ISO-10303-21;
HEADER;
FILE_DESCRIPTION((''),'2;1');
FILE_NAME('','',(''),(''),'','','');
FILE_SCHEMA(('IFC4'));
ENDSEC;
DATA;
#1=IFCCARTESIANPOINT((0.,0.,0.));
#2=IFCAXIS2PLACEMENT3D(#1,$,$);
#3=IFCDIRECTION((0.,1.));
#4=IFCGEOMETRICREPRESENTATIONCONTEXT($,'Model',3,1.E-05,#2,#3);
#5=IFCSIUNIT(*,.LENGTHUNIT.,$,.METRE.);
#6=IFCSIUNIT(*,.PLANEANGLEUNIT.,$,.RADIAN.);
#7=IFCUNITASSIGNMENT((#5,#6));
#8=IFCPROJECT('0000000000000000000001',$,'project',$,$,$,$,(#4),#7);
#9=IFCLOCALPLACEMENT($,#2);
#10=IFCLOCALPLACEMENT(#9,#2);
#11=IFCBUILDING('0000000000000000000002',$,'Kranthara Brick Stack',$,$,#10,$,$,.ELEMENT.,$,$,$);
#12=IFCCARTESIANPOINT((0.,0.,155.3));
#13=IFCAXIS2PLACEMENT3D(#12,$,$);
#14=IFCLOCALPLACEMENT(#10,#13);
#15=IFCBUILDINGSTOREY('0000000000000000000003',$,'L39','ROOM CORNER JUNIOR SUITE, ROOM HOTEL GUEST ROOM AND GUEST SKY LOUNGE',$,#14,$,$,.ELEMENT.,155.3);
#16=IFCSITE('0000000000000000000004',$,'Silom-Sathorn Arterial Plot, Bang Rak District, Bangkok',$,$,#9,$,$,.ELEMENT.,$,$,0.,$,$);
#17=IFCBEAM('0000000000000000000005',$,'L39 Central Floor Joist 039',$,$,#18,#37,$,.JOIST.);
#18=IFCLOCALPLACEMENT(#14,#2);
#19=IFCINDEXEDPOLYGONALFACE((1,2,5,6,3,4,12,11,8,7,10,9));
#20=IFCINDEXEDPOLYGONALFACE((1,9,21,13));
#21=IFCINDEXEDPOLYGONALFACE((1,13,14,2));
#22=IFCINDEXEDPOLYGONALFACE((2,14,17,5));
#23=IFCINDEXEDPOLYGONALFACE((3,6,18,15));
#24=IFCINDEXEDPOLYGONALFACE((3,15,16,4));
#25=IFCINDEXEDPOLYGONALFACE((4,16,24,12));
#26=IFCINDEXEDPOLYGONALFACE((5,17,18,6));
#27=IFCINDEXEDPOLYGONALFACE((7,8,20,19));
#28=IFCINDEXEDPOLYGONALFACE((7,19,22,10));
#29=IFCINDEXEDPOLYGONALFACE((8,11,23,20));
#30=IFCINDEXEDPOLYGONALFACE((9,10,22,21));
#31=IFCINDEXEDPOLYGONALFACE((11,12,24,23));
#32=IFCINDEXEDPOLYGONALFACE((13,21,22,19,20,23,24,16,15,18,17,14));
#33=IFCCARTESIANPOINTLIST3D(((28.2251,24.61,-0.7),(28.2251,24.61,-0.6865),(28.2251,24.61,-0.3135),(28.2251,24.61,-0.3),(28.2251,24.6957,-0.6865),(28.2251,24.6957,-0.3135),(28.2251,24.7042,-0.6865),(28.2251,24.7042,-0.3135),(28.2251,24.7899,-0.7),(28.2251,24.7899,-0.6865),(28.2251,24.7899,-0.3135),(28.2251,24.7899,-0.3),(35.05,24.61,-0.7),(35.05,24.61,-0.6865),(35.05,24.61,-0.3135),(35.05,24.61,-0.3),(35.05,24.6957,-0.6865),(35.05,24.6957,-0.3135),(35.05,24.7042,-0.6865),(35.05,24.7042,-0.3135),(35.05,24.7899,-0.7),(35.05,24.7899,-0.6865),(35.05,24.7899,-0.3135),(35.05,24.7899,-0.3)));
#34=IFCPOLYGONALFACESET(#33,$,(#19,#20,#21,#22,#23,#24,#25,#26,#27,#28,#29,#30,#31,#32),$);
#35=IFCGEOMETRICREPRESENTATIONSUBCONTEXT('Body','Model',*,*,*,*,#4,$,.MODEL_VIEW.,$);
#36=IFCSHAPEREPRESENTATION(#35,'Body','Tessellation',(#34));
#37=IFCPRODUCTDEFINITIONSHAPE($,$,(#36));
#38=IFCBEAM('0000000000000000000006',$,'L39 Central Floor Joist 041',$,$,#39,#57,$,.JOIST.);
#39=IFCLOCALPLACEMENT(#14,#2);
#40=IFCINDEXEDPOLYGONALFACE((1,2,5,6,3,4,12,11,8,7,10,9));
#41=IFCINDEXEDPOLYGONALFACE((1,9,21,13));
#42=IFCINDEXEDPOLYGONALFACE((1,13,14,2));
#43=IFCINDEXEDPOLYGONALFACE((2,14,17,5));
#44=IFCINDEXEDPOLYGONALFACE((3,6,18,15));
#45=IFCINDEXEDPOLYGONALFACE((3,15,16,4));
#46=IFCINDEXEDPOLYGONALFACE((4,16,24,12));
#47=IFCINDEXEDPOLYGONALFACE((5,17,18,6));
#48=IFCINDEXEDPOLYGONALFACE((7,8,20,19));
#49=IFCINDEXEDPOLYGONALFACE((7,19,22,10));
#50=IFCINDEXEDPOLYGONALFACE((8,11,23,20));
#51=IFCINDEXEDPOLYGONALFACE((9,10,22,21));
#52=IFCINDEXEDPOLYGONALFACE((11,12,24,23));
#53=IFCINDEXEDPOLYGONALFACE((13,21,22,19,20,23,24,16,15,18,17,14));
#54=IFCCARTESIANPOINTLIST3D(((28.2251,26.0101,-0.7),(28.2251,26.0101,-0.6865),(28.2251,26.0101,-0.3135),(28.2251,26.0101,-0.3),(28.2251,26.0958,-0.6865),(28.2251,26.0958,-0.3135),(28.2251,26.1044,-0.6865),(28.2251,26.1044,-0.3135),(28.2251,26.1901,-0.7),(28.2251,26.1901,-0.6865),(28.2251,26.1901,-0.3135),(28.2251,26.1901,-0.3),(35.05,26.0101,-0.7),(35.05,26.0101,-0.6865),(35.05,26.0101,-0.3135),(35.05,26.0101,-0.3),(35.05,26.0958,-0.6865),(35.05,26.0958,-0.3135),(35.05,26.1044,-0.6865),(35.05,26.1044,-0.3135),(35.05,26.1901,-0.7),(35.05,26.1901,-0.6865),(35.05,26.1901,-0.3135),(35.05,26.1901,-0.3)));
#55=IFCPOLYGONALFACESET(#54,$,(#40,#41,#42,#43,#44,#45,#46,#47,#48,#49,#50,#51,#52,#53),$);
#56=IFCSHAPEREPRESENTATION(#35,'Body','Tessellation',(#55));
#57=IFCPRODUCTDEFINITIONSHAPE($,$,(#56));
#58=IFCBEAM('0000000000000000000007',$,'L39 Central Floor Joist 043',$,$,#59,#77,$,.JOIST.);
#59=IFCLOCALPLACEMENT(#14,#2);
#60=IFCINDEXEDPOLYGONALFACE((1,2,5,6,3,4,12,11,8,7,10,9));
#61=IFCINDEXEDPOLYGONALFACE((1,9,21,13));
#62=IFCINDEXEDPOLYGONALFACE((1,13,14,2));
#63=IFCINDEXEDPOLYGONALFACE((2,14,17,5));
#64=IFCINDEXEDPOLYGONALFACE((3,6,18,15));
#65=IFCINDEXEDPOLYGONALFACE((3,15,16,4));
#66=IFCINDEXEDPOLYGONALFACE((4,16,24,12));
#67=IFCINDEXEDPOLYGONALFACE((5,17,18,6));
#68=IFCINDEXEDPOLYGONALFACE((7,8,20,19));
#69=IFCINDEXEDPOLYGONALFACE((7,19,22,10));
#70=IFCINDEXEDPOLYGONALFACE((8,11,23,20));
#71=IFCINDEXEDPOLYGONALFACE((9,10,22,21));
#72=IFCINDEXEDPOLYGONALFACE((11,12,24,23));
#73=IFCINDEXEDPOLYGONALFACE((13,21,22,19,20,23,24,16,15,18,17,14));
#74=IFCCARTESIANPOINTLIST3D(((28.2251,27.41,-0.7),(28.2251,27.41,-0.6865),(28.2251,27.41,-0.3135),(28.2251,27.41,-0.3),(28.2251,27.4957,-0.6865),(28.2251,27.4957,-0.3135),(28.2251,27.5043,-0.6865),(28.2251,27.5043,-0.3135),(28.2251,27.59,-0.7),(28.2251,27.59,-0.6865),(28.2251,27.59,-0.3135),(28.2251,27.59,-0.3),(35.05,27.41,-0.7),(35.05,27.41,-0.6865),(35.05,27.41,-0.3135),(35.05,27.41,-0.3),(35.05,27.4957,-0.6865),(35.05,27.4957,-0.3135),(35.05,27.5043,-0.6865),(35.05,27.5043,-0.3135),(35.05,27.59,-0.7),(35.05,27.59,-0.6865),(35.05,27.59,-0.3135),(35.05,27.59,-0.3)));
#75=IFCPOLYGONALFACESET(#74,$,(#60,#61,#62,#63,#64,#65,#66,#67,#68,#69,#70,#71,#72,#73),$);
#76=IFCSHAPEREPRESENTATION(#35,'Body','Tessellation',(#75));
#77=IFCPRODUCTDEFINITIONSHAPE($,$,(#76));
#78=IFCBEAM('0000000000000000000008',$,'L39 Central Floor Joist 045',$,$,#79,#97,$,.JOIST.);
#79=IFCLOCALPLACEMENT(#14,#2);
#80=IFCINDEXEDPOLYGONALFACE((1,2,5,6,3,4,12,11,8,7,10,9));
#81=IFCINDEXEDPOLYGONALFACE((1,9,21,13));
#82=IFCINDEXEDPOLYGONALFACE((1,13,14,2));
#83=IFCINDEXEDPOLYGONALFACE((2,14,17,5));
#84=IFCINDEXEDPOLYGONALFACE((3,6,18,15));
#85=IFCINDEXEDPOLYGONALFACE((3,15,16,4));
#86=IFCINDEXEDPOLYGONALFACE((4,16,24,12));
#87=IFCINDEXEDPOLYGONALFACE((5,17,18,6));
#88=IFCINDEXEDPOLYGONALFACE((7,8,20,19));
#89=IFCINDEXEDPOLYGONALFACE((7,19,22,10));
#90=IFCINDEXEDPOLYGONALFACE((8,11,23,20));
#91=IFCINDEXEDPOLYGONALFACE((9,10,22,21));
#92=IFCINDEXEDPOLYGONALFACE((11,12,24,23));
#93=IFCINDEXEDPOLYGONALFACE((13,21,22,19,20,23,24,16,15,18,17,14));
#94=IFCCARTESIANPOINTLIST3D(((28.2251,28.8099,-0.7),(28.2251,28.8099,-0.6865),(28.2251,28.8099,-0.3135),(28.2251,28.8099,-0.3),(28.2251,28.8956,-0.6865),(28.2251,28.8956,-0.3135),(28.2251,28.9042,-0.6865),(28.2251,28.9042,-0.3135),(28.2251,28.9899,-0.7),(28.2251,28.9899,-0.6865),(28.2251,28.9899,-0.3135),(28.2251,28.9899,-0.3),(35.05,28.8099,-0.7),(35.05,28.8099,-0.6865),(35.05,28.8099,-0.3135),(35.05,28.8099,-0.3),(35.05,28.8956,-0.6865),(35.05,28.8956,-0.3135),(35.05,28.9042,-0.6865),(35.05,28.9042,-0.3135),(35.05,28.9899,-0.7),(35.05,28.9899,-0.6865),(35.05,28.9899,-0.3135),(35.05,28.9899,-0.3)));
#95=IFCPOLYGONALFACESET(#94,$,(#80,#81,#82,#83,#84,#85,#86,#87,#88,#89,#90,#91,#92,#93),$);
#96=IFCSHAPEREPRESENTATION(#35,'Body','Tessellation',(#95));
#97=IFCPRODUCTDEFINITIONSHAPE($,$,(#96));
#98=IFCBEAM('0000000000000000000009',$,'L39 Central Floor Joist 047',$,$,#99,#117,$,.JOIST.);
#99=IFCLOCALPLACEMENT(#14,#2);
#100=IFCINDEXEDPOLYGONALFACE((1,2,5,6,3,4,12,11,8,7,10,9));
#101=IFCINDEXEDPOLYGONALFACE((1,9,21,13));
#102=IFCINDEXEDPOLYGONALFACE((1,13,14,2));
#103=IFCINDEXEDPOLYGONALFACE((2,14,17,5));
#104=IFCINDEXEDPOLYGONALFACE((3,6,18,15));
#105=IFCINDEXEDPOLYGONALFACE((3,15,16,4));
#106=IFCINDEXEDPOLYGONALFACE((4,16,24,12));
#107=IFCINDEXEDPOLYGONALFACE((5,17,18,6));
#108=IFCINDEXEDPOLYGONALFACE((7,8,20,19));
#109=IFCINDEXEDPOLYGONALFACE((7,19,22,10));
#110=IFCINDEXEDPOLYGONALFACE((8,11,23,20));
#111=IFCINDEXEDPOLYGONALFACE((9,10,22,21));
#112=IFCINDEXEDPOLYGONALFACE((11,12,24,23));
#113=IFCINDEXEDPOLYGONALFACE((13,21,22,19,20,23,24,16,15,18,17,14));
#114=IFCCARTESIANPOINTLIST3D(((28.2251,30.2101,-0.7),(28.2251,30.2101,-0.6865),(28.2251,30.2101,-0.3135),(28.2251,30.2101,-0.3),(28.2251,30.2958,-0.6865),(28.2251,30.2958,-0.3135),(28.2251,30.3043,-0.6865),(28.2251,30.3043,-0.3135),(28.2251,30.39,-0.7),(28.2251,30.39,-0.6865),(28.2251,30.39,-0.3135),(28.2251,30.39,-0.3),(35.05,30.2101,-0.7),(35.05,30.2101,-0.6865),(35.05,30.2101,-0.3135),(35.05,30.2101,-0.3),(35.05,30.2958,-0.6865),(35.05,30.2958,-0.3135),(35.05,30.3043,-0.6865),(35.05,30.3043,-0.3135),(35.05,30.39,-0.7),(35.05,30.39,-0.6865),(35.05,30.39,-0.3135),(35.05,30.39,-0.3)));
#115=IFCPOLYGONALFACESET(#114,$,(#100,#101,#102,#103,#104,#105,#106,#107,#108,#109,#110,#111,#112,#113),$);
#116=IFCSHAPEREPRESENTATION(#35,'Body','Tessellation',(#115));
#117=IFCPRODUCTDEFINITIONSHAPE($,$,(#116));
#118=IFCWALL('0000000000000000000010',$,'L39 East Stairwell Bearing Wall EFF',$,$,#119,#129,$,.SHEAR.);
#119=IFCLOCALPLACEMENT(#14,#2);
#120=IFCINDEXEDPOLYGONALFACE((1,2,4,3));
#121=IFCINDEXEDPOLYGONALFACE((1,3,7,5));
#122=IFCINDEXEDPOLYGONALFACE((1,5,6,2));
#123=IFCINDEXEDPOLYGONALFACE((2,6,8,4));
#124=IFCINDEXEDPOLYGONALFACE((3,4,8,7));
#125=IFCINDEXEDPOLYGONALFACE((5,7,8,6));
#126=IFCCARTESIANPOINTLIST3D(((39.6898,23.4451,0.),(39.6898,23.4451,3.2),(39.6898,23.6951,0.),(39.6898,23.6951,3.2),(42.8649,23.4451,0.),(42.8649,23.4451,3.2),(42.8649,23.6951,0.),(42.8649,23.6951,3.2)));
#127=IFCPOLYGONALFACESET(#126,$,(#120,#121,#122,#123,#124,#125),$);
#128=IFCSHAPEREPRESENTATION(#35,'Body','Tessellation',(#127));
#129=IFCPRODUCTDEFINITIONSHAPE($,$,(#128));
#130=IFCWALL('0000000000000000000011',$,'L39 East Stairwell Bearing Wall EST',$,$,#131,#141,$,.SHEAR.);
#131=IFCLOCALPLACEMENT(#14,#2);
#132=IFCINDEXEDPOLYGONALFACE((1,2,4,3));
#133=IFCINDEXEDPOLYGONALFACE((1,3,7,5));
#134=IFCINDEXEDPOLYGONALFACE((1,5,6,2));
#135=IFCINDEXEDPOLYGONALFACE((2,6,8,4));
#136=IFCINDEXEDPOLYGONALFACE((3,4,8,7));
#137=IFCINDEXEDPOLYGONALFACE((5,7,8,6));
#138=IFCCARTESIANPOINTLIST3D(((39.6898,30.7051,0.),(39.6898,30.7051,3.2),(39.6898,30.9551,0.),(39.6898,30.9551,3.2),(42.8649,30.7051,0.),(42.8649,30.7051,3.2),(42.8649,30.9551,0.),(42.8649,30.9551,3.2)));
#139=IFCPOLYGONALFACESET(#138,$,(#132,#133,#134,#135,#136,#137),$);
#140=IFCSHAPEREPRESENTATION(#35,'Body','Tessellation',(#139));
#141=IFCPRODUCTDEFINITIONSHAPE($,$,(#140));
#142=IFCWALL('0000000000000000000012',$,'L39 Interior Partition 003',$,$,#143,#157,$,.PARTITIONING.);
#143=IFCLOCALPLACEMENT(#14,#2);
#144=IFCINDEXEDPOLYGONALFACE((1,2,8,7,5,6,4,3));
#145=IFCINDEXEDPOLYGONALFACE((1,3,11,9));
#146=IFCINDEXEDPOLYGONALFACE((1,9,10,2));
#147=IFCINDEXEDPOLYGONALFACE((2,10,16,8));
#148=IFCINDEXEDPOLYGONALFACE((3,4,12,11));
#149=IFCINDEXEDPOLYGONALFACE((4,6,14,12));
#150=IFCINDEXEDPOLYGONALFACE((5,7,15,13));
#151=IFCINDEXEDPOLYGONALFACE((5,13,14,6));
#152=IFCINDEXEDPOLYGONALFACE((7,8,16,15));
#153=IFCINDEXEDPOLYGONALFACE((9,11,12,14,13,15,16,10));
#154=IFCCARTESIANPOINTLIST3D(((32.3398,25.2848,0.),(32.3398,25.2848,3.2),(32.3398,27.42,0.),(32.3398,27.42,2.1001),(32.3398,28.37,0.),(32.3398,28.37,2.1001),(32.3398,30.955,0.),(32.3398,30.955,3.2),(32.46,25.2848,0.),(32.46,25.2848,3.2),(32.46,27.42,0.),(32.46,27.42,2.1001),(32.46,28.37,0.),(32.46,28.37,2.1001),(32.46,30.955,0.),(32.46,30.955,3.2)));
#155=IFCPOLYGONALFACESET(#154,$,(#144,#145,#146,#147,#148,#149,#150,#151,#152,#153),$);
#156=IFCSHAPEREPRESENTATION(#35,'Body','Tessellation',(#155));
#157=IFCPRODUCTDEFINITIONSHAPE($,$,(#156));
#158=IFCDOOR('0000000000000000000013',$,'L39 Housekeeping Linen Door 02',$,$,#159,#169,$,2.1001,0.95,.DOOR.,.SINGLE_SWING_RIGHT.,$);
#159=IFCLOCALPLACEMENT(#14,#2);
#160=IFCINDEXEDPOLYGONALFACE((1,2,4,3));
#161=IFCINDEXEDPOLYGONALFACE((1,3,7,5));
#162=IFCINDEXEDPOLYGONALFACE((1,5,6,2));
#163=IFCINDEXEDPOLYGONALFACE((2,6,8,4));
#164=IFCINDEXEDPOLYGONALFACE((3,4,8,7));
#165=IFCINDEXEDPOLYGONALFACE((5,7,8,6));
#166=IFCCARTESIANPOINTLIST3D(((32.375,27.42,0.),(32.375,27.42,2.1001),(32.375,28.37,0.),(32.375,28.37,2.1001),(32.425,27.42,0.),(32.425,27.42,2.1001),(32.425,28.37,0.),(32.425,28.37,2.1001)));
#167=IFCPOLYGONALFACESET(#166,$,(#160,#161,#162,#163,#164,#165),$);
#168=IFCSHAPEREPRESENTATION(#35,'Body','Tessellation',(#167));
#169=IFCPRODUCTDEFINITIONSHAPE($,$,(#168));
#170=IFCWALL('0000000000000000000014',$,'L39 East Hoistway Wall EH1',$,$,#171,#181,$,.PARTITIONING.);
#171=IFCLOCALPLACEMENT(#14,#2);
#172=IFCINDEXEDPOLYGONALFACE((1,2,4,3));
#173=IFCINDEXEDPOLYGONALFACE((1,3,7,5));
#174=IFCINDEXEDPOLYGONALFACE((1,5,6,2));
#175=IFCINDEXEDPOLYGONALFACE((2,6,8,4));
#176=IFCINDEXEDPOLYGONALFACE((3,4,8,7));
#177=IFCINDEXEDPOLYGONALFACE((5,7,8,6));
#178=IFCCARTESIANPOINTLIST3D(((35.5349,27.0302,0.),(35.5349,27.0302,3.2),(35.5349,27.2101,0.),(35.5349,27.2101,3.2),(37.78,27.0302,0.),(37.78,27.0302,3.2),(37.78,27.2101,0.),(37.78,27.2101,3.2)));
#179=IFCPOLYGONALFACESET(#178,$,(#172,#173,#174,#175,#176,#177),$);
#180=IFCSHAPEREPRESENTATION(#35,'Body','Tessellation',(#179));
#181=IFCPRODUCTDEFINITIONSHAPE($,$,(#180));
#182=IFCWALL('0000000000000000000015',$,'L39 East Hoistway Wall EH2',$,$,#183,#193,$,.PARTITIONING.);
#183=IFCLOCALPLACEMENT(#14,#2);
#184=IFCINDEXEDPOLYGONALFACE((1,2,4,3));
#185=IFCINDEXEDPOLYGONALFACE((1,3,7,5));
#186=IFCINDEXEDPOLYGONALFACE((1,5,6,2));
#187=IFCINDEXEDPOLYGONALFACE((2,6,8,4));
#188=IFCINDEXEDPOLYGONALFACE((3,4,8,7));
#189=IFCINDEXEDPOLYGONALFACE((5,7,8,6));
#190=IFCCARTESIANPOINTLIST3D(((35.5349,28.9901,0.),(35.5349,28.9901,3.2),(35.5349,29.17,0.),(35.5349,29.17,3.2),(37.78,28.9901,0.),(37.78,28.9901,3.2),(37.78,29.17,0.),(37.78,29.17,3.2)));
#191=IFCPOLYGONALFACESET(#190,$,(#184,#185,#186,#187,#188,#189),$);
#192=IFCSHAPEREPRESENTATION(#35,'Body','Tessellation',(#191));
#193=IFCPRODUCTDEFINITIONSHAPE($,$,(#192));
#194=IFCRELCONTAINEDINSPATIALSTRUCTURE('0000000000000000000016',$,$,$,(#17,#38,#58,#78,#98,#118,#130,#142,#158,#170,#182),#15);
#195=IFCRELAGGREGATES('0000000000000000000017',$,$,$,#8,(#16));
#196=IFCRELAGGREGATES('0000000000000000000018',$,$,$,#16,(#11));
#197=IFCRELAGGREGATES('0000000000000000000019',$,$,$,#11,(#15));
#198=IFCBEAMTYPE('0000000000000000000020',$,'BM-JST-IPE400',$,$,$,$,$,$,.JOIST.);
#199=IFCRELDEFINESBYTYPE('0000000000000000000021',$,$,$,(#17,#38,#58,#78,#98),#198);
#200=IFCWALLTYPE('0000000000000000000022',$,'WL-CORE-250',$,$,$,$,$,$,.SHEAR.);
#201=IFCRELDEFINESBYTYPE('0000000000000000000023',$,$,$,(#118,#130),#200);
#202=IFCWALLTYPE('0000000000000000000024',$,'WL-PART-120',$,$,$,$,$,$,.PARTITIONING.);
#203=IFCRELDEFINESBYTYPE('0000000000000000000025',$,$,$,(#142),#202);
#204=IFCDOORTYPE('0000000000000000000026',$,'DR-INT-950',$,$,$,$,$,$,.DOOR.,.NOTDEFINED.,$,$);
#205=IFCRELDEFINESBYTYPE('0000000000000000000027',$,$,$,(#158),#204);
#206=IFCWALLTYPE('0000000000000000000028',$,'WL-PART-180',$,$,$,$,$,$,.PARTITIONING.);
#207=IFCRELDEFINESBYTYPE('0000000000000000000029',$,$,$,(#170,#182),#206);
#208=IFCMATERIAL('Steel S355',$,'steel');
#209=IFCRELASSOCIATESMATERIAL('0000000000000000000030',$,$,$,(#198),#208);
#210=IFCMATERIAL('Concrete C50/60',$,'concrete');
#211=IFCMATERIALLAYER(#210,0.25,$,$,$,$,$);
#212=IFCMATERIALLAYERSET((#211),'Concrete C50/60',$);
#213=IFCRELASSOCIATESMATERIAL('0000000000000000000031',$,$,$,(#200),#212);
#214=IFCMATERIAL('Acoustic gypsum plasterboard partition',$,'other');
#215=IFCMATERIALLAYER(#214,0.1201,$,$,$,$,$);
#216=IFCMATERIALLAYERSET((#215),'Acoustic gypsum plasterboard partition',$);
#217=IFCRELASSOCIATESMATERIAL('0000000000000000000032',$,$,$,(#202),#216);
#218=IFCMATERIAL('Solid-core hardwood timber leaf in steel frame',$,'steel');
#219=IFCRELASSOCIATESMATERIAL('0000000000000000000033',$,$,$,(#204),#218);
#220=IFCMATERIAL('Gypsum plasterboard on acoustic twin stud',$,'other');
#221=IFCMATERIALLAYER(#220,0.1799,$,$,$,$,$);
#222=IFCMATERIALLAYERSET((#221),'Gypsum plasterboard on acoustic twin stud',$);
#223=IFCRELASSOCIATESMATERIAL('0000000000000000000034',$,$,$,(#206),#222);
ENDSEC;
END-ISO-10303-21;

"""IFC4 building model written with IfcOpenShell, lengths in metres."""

from ifc_helpers import new_model, si_unit, direction, frame, frame_2d, origin, origin_2d, place, context, subcontext, project, spatial, rectangle, i_section, extrude, material, layer, layer_set, material_profile, profile_set, type_object, element, fill, save


model = new_model("IFC4")

# Units and contexts
model_context = context("Model", 3, precision=1e-05, world=origin(), true_north=direction((0.0, 1.0)))
body_context = subcontext(model_context, "Body", "Model", "MODEL_VIEW")
ifc_project = project(units=[si_unit("LENGTHUNIT", "METRE"), si_unit("PLANEANGLEUNIT", "RADIAN")], contexts=[model_context])

# Site, building, storey
site_placement = place(None, origin())
site = spatial("IfcSite", under=ifc_project, at=site_placement, Name="Silom-Sathorn Arterial Plot, Bang Rak District, Bangkok", CompositionType="ELEMENT", RefElevation=0.0)
building_placement = place(site_placement, origin())
building = spatial("IfcBuilding", under=site, at=building_placement, Name="Kranthara Brick Stack", CompositionType="ELEMENT")
storey_placement = place(building_placement, frame((0.0, 0.0, 155.3)))
storey = spatial("IfcBuildingStorey", under=building, at=storey_placement, Name="L39", Description="ROOM CORNER JUNIOR SUITE, ROOM HOTEL GUEST ROOM AND GUEST SKY LOUNGE", CompositionType="ELEMENT", Elevation=155.3)

# Beams
ifc_material_1 = material(Name="Steel S355", Category="steel")
ifc_material_profile = material_profile(ifc_material_1, i_section(OverallWidth=0.1799, OverallDepth=0.3999, WebThickness=0.0085, FlangeThickness=0.0134, at=origin_2d()), Name="IPE 400")
ifc_profile_set = profile_set([ifc_material_profile], Name="Steel S355")
beam_type = type_object("IfcBeamType", Name="BM-JST-IPE400", PredefinedType="JOIST", material=ifc_profile_set)
for number, where, z_axis, x_axis, name in (
    (1, (28.2251, 24.7, -0.5), (1.0, 0.0, 0.0), (0.0, 1.0, 0.0), "L39 Central Floor Joist 039"),
    (2, (28.2251, 26.1001, -0.5), (1.0, 0.0, 0.0), (0.0, 1.0, 0.0), "L39 Central Floor Joist 041"),
    (3, (28.2251, 27.5, -0.5), (1.0, 0.0, 0.0), (0.0, 1.0, 0.0), "L39 Central Floor Joist 043"),
    (4, (28.2251, 28.8999, -0.5), (1.0, 0.0, 0.0), (0.0, 1.0, 0.0), "L39 Central Floor Joist 045"),
    (5, (28.2251, 30.3, -0.5), (1.0, 0.0, 0.0), (0.0, 1.0, 0.0), "L39 Central Floor Joist 047"),
):
    element("IfcBeam", number, at=place(storey_placement, frame(where, z_axis=z_axis, x_axis=x_axis)), inside=storey, type_object=beam_type, Name=name, PredefinedType="JOIST", context=body_context, shape_type="SweptSolid", body=[
        extrude(i_section(OverallWidth=0.1799, OverallDepth=0.3999, WebThickness=0.0085, FlangeThickness=0.0134, at=origin_2d()), origin(), (0.0, 0.0, 1.0), 6.825),
    ])

# Walls
ifc_material_2 = material(Name="Concrete C50/60", Category="concrete")
ifc_layer_1 = layer(ifc_material_2, 0.25)
ifc_layer_set_1 = layer_set([ifc_layer_1], Name="Concrete C50/60")
wall_type_1 = type_object("IfcWallType", Name="WL-CORE-250", PredefinedType="SHEAR", material=ifc_layer_set_1)
for number, where, z_axis, x_axis, name in (
    (6, (39.6899, 23.5701, 0.0), (0.0, 0.0, 1.0), (1.0, 0.0, 0.0), "L39 East Stairwell Bearing Wall EFF"),
    (7, (39.6899, 30.8301, 0.0), (0.0, 0.0, 1.0), (1.0, 0.0, 0.0), "L39 East Stairwell Bearing Wall EST"),
):
    element("IfcWall", number, at=place(storey_placement, frame(where, z_axis=z_axis, x_axis=x_axis)), inside=storey, type_object=wall_type_1, Name=name, PredefinedType="SHEAR", context=body_context, shape_type="SweptSolid", body=[
        extrude(rectangle(XDim=3.175, YDim=0.25, at=frame_2d((1.5874, 0.0))), origin(), (0.0, 0.0, 1.0), 3.2),
    ])

# Wall, opening, door
ifc_material_3 = material(Name="Acoustic gypsum plasterboard partition", Category="other")
ifc_layer_2 = layer(ifc_material_3, 0.1201)
ifc_layer_set_2 = layer_set([ifc_layer_2], Name="Acoustic gypsum plasterboard partition")
wall_type_2 = type_object("IfcWallType", Name="WL-PART-120", PredefinedType="PARTITIONING", material=ifc_layer_set_2)
wall_1_placement = place(storey_placement, frame((32.3999, 25.2849, 0.0), z_axis=(0.0, 0.0, 1.0), x_axis=(0.0, 1.0, 0.0)))
wall_1 = element("IfcWall", 8, at=wall_1_placement, inside=storey, type_object=wall_type_2, Name="L39 Interior Partition 003", PredefinedType="PARTITIONING", context=body_context, shape_type="SweptSolid", body=[
    extrude(rectangle(XDim=5.6702, YDim=0.1201, at=frame_2d((2.835, 0.0))), origin(), (0.0, 0.0, 1.0), 3.2),
])
opening_placement = place(wall_1_placement, frame((2.135, 0.0, 0.0)))
opening = element("IfcOpeningElement", 9, at=opening_placement, cuts=wall_1, PredefinedType="OPENING", context=body_context, shape_type="SweptSolid", body=[
    extrude(rectangle(XDim=0.95, YDim=2.1001, at=frame_2d((0.4751, 1.05))), frame((0.0, 0.0701, 0.0), z_axis=(0.0, -1.0, 0.0), x_axis=(1.0, 0.0, 0.0)), (0.0, 0.0, 1.0), 0.1401),
])
ifc_material_4 = material(Name="Solid-core hardwood timber leaf in steel frame", Category="steel")
door_type = type_object("IfcDoorType", Name="DR-INT-950", OperationType="NOTDEFINED", PredefinedType="DOOR", material=ifc_material_4)
door_placement = place(opening_placement, origin())
door = element("IfcDoor", 10, at=door_placement, inside=storey, type_object=door_type, Name="L39 Housekeeping Linen Door 02", OperationType="SINGLE_SWING_RIGHT", OverallHeight=2.1001, OverallWidth=0.95, PredefinedType="DOOR", context=body_context, shape_type="SweptSolid", body=[
    extrude(rectangle(XDim=0.95, YDim=2.1001, at=frame_2d((0.4751, 1.05))), frame((0.0, 0.0249, 0.0), z_axis=(0.0, -1.0, 0.0), x_axis=(1.0, 0.0, 0.0)), (0.0, 0.0, 1.0), 0.05),
])
fill(opening, door)

# Walls
ifc_material_5 = material(Name="Gypsum plasterboard on acoustic twin stud", Category="other")
ifc_layer_3 = layer(ifc_material_5, 0.1799)
ifc_layer_set_3 = layer_set([ifc_layer_3], Name="Gypsum plasterboard on acoustic twin stud")
wall_type_3 = type_object("IfcWallType", Name="WL-PART-180", PredefinedType="PARTITIONING", material=ifc_layer_set_3)
for number, where, z_axis, x_axis, name in (
    (11, (35.5349, 27.1201, 0.0), (0.0, 0.0, 1.0), (1.0, 0.0, 0.0), "L39 East Hoistway Wall EH1"),
    (12, (35.5349, 29.0801, 0.0), (0.0, 0.0, 1.0), (1.0, 0.0, 0.0), "L39 East Hoistway Wall EH2"),
):
    element("IfcWall", number, at=place(storey_placement, frame(where, z_axis=z_axis, x_axis=x_axis)), inside=storey, type_object=wall_type_3, Name=name, PredefinedType="PARTITIONING", context=body_context, shape_type="SweptSolid", body=[
        extrude(rectangle(XDim=2.2451, YDim=0.1799, at=frame_2d((1.1226, 0.0))), origin(), (0.0, 0.0, 1.0), 3.2),
    ])

save(model, "model.ifc")
